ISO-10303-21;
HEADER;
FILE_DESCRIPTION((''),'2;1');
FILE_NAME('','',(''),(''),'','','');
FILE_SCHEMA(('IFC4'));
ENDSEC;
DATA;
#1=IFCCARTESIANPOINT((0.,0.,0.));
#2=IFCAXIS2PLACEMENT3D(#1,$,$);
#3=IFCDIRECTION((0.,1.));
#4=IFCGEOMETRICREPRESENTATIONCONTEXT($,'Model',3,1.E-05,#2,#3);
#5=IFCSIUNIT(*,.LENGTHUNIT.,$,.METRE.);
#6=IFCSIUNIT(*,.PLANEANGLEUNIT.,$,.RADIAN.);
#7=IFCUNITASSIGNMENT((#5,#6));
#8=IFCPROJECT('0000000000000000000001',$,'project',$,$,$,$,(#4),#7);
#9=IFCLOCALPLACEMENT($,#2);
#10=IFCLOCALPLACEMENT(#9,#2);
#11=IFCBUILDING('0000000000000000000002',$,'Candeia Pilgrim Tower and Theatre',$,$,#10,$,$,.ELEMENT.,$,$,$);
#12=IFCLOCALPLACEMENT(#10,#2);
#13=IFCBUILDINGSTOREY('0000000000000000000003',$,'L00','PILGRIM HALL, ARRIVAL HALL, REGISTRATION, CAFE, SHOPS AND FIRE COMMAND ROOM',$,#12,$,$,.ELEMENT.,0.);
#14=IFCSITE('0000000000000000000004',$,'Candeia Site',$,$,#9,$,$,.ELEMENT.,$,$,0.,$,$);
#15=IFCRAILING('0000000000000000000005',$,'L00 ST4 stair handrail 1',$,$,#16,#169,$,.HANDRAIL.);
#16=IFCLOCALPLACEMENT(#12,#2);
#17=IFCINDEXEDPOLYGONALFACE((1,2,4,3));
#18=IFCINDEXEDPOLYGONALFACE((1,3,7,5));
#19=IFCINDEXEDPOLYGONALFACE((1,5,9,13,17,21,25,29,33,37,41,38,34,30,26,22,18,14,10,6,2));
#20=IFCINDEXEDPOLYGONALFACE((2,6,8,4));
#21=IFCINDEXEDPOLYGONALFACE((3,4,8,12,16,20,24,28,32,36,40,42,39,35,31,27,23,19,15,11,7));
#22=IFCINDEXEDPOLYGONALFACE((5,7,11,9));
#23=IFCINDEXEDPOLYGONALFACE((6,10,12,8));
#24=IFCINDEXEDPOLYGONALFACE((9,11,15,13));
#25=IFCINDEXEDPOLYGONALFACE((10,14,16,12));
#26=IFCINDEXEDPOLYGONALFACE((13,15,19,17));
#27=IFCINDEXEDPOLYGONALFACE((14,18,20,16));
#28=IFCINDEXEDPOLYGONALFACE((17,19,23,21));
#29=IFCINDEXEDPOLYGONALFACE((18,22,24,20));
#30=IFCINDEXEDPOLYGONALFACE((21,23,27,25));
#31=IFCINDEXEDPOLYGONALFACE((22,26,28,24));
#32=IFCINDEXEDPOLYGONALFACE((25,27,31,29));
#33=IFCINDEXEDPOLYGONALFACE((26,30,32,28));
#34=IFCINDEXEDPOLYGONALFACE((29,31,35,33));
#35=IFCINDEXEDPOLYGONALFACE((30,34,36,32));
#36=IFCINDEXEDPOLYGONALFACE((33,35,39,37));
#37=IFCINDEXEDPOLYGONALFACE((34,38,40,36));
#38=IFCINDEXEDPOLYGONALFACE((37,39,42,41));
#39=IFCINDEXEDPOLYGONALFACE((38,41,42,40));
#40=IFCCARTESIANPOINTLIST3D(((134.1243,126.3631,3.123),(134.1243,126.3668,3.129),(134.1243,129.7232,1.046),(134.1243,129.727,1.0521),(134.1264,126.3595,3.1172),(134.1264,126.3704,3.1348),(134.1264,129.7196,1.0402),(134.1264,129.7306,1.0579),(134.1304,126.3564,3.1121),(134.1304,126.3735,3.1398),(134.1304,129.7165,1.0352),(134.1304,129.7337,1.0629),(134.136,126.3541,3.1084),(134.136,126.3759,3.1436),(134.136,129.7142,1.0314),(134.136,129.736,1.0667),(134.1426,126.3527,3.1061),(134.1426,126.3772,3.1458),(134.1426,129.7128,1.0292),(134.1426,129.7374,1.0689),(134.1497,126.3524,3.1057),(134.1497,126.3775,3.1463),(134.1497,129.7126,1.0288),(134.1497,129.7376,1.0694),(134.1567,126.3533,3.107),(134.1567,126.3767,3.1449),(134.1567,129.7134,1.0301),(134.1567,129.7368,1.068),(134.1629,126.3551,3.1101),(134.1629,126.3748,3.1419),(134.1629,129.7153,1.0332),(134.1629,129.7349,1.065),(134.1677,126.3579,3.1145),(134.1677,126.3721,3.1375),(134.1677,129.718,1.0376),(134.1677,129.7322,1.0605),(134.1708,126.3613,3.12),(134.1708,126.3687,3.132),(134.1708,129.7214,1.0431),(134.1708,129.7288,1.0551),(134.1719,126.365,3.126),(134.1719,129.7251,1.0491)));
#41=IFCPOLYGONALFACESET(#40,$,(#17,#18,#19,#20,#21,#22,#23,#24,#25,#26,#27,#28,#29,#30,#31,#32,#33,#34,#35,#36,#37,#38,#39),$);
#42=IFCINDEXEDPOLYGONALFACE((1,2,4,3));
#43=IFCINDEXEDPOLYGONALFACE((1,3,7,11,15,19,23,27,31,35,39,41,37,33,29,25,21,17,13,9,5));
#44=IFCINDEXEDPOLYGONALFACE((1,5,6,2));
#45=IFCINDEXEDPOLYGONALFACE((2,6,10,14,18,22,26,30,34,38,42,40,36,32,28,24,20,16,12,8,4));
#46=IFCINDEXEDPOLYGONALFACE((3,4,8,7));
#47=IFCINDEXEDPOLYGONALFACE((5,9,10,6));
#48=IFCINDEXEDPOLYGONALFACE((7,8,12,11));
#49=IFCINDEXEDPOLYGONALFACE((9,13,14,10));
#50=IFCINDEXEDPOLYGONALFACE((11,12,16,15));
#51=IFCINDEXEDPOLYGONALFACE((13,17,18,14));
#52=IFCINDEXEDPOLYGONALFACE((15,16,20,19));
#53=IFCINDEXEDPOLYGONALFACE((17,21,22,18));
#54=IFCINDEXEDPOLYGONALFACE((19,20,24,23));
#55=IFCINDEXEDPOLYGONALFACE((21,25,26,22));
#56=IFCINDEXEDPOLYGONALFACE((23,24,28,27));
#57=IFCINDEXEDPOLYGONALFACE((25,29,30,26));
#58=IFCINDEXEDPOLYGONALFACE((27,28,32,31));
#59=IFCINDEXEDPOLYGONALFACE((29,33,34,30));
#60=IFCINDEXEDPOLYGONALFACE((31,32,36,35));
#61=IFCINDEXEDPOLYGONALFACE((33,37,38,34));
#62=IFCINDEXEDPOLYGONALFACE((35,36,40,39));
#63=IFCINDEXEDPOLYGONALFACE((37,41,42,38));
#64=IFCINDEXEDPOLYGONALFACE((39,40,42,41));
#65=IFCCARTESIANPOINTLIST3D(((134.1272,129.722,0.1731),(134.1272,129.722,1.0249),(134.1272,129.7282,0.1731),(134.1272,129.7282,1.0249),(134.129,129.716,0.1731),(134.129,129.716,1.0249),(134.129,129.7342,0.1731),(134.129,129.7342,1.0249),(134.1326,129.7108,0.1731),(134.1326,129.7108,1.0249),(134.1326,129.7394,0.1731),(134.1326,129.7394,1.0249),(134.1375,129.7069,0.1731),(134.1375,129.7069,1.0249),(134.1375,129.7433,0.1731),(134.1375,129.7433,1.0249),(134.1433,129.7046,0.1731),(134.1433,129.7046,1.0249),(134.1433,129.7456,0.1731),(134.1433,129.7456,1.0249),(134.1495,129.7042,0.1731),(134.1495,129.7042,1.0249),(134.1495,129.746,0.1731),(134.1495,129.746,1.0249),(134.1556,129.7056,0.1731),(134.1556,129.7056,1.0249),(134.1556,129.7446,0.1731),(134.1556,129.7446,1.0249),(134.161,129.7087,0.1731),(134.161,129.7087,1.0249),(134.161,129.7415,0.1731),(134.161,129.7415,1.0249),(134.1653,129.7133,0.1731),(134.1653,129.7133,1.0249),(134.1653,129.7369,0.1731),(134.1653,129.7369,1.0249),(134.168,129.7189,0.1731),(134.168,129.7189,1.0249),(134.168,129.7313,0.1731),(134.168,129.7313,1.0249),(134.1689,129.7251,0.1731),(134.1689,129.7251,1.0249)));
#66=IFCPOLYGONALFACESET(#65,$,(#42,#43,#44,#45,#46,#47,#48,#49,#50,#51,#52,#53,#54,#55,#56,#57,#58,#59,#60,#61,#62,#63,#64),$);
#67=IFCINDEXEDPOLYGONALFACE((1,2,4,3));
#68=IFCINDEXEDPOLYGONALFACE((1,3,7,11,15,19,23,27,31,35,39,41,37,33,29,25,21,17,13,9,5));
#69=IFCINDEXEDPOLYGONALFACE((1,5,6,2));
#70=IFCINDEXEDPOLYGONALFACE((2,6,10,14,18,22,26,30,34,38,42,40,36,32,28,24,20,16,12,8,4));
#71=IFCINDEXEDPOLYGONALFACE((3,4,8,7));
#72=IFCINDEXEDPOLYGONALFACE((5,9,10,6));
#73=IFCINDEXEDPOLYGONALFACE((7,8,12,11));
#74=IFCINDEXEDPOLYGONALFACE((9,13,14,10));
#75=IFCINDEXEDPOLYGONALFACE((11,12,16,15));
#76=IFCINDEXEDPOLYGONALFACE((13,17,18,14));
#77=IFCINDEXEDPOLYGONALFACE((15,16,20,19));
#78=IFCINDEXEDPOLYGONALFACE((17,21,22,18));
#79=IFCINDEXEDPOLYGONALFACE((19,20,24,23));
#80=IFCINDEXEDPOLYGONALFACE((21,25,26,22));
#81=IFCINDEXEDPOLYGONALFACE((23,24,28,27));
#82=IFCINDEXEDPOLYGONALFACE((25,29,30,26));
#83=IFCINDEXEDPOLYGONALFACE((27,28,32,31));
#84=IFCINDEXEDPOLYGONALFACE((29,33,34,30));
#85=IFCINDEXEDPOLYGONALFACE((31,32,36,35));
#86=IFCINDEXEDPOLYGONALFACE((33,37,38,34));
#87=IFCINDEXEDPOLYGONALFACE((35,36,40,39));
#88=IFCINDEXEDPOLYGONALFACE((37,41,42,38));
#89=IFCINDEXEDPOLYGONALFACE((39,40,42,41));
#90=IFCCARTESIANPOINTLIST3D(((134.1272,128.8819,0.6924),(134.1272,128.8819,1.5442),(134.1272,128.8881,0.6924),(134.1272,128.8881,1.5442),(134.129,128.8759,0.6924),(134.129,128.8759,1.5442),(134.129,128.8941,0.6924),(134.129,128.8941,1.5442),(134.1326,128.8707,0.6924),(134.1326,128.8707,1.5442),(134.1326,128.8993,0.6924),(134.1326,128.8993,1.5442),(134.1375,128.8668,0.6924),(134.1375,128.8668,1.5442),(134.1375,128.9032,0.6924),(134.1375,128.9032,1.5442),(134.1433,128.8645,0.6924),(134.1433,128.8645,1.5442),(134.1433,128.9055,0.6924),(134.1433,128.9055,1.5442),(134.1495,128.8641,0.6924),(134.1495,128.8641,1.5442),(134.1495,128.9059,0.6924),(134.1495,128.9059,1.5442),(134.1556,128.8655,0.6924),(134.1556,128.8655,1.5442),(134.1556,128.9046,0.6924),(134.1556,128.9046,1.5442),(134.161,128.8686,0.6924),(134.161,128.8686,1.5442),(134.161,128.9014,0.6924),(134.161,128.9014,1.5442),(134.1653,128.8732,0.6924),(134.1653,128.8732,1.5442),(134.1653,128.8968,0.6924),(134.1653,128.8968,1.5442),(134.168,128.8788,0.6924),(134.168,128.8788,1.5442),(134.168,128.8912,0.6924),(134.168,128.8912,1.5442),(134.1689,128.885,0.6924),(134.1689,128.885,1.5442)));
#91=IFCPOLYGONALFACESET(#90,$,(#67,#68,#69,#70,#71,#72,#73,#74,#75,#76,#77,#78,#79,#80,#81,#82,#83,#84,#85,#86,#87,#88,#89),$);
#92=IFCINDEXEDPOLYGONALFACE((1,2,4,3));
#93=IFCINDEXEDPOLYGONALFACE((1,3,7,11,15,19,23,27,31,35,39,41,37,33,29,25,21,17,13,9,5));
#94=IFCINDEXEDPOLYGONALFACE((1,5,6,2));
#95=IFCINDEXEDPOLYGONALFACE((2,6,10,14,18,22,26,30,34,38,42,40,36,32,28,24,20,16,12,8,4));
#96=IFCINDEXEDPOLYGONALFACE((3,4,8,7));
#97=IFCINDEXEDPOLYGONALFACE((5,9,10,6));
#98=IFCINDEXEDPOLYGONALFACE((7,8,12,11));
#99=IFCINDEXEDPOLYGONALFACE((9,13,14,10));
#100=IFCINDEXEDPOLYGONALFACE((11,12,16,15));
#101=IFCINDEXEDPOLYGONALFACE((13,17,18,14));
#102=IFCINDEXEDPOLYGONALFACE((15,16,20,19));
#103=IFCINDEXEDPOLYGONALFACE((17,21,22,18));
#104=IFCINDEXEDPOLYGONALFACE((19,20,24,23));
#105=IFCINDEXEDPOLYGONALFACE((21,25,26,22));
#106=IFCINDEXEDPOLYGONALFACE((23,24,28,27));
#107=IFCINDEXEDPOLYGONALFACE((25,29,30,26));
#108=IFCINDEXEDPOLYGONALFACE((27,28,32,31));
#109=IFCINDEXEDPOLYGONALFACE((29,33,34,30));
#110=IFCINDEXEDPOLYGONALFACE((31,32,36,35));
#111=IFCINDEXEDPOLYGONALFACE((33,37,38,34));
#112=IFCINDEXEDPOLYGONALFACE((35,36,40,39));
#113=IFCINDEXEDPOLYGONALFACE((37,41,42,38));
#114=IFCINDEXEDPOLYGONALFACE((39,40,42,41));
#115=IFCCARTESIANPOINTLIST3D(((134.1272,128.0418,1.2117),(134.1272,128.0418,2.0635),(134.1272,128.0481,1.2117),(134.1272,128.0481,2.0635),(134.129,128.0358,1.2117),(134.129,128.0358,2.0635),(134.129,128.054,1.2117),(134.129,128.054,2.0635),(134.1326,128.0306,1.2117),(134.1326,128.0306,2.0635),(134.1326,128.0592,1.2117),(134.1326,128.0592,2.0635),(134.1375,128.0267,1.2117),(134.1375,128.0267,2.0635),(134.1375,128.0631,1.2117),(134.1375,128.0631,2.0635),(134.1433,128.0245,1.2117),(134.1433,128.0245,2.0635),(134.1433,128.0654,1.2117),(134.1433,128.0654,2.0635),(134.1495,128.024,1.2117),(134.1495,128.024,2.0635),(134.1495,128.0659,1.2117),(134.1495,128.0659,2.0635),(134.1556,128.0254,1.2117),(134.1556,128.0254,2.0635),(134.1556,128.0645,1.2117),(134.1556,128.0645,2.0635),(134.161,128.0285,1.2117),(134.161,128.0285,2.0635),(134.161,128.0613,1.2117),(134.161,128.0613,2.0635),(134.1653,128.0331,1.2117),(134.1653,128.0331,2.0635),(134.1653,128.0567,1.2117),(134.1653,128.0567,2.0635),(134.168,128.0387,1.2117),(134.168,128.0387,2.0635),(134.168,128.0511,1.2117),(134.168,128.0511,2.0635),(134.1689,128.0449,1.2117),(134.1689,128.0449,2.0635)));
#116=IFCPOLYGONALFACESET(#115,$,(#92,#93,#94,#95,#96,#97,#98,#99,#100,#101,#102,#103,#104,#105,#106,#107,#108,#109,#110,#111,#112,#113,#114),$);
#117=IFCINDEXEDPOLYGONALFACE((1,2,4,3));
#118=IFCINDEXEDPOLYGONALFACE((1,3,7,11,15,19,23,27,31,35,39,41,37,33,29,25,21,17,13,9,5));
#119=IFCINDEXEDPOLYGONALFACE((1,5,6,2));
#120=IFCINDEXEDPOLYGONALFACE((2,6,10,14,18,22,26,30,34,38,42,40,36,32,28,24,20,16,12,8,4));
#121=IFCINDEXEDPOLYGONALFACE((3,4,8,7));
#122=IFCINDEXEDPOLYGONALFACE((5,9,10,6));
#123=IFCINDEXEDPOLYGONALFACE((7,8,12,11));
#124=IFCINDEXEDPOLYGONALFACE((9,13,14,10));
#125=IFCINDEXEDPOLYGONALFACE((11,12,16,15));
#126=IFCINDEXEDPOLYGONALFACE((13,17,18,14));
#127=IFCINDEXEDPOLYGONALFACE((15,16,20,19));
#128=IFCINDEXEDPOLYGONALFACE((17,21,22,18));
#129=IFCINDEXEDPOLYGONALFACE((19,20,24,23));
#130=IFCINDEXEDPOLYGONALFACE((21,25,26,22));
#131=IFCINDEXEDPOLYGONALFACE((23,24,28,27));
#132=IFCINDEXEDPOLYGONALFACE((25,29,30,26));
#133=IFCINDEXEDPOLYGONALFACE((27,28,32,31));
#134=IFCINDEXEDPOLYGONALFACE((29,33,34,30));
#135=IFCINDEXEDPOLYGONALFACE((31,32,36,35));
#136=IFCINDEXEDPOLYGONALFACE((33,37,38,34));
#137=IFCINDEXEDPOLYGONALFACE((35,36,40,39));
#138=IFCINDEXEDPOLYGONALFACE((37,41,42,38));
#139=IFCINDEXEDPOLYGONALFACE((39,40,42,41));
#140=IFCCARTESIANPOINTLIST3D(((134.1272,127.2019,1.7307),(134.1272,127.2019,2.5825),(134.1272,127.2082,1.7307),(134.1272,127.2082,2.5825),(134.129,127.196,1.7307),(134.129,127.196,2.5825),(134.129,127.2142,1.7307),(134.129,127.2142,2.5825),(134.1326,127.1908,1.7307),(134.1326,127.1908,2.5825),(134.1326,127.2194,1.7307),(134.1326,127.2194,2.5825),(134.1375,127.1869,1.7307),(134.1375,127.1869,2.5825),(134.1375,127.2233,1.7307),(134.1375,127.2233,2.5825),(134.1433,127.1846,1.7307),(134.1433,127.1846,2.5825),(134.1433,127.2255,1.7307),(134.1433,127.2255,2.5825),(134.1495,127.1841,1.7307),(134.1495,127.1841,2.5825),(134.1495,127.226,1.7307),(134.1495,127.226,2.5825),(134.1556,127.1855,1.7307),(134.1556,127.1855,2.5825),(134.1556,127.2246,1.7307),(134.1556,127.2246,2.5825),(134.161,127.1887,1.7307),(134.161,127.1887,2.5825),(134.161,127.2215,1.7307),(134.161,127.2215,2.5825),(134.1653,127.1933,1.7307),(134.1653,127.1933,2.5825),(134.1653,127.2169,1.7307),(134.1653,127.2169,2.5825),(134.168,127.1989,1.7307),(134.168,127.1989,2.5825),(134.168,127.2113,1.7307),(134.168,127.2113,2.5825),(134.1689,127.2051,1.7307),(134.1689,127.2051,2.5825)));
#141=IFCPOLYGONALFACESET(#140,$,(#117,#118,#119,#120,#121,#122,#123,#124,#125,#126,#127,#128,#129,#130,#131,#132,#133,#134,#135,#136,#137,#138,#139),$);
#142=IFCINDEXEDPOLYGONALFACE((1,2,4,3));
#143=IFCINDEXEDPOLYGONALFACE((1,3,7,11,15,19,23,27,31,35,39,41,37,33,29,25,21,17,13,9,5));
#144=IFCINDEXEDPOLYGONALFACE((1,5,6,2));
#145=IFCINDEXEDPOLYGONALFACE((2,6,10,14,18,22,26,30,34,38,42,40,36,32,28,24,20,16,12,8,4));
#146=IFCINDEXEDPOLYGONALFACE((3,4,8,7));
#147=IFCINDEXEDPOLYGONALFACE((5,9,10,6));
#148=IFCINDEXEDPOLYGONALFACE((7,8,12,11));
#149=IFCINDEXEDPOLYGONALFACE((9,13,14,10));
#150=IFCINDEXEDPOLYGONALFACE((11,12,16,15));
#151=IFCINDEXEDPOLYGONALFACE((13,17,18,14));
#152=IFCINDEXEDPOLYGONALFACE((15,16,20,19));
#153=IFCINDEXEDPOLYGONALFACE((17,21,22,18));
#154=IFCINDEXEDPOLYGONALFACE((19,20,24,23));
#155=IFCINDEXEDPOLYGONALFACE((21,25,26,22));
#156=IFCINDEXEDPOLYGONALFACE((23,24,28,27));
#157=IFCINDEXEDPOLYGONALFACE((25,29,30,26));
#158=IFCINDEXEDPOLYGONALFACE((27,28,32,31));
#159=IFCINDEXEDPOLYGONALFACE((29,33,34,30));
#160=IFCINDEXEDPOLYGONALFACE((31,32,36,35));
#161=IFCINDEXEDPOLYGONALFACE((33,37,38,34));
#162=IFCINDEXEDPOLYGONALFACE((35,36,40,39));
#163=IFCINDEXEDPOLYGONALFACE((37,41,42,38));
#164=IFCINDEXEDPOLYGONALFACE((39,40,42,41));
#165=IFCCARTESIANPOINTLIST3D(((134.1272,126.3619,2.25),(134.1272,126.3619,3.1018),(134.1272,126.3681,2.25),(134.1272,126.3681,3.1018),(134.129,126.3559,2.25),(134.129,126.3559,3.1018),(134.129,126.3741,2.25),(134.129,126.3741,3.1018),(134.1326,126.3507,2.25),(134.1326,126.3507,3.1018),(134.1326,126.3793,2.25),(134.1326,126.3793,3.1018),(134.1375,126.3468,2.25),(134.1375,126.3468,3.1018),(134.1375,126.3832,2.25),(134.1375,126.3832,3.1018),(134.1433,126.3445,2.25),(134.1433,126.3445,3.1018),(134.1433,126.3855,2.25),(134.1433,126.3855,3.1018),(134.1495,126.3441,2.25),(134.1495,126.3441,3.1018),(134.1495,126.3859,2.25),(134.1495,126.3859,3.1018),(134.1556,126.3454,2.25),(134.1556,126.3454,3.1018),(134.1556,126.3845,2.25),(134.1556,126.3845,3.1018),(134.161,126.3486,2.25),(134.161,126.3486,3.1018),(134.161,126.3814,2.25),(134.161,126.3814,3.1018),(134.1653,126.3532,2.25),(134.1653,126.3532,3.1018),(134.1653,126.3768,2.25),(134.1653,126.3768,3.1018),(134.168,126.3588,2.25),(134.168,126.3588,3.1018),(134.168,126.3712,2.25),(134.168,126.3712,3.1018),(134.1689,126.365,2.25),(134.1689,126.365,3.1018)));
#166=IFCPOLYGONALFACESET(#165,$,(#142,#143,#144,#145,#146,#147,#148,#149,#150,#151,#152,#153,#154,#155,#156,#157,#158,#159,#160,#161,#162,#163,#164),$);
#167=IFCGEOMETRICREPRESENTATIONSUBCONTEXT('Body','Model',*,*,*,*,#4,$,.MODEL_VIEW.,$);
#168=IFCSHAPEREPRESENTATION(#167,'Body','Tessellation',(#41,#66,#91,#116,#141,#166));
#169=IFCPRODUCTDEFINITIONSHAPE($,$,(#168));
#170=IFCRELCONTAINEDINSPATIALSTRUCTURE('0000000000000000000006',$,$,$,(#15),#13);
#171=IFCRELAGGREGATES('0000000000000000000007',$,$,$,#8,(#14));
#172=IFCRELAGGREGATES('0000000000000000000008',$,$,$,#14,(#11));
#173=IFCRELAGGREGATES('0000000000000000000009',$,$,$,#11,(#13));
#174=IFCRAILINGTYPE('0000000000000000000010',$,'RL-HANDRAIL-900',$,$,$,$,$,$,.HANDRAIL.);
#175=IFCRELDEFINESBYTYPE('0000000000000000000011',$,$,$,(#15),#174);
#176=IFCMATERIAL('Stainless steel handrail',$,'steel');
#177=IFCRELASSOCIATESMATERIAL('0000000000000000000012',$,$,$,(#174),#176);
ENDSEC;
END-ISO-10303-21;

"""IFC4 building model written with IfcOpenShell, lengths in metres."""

from ifc_helpers import new_model, si_unit, direction, frame, origin, origin_2d, place, context, subcontext, project, spatial, circle, extrude, material, type_object, element, save


model = new_model("IFC4")

# Units and contexts
model_context = context("Model", 3, precision=1e-05, world=origin(), true_north=direction((0.0, 1.0)))
body_context = subcontext(model_context, "Body", "Model", "MODEL_VIEW")
ifc_project = project(units=[si_unit("LENGTHUNIT", "METRE"), si_unit("PLANEANGLEUNIT", "RADIAN")], contexts=[model_context])

# Site, building, storey
site_placement = place(None, origin())
site = spatial("IfcSite", under=ifc_project, at=site_placement, Name="Candeia Site", CompositionType="ELEMENT", RefElevation=0.0)
building_placement = place(site_placement, origin())
building = spatial("IfcBuilding", under=site, at=building_placement, Name="Candeia Pilgrim Tower and Theatre", CompositionType="ELEMENT")
storey_placement = place(building_placement, origin())
storey = spatial("IfcBuildingStorey", under=building, at=storey_placement, Name="L00", Description="PILGRIM HALL, ARRIVAL HALL, REGISTRATION, CAFE, SHOPS AND FIRE COMMAND ROOM", CompositionType="ELEMENT", Elevation=0.0)

# Railing
ifc_material_1 = material(Name="Stainless steel handrail", Category="steel")
railing_type_1 = type_object("IfcRailingType", Name="RL-HANDRAIL-900", PredefinedType="HANDRAIL", material=ifc_material_1)
for number, where, name in (
    (1, (134.1479, 129.7251, 0.1731), "L00 ST4 stair handrail 1"),
):
    element("IfcRailing", number, at=place(storey_placement, frame(where)), inside=storey, type_object=railing_type_1, Name=name, PredefinedType="HANDRAIL", context=body_context, shape_type="SweptSolid", body=[
        extrude(circle(Radius=0.0239, at=origin_2d()), frame((0.0, 0.0, 0.876), z_axis=(0.0, -0.850623, 0.525776), x_axis=(1.0, 0.0, 0.0)), (0.0, 0.0, 1.0), 3.9502),
        extrude(circle(Radius=0.021, at=origin_2d()), origin(), (0.0, 0.0, 1.0), 0.8518),
        extrude(circle(Radius=0.021, at=origin_2d()), frame((0.0, -0.8401, 0.5193)), (0.0, 0.0, 1.0), 0.8518),
        extrude(circle(Radius=0.021, at=origin_2d()), frame((0.0, -1.6802, 1.0386)), (0.0, 0.0, 1.0), 0.8518),
        extrude(circle(Radius=0.021, at=origin_2d()), frame((0.0, -2.52, 1.5576)), (0.0, 0.0, 1.0), 0.8518),
        extrude(circle(Radius=0.021, at=origin_2d()), frame((0.0, -3.3601, 2.0769)), (0.0, 0.0, 1.0), 0.8518),
    ])

save(model, "model.ifc")
